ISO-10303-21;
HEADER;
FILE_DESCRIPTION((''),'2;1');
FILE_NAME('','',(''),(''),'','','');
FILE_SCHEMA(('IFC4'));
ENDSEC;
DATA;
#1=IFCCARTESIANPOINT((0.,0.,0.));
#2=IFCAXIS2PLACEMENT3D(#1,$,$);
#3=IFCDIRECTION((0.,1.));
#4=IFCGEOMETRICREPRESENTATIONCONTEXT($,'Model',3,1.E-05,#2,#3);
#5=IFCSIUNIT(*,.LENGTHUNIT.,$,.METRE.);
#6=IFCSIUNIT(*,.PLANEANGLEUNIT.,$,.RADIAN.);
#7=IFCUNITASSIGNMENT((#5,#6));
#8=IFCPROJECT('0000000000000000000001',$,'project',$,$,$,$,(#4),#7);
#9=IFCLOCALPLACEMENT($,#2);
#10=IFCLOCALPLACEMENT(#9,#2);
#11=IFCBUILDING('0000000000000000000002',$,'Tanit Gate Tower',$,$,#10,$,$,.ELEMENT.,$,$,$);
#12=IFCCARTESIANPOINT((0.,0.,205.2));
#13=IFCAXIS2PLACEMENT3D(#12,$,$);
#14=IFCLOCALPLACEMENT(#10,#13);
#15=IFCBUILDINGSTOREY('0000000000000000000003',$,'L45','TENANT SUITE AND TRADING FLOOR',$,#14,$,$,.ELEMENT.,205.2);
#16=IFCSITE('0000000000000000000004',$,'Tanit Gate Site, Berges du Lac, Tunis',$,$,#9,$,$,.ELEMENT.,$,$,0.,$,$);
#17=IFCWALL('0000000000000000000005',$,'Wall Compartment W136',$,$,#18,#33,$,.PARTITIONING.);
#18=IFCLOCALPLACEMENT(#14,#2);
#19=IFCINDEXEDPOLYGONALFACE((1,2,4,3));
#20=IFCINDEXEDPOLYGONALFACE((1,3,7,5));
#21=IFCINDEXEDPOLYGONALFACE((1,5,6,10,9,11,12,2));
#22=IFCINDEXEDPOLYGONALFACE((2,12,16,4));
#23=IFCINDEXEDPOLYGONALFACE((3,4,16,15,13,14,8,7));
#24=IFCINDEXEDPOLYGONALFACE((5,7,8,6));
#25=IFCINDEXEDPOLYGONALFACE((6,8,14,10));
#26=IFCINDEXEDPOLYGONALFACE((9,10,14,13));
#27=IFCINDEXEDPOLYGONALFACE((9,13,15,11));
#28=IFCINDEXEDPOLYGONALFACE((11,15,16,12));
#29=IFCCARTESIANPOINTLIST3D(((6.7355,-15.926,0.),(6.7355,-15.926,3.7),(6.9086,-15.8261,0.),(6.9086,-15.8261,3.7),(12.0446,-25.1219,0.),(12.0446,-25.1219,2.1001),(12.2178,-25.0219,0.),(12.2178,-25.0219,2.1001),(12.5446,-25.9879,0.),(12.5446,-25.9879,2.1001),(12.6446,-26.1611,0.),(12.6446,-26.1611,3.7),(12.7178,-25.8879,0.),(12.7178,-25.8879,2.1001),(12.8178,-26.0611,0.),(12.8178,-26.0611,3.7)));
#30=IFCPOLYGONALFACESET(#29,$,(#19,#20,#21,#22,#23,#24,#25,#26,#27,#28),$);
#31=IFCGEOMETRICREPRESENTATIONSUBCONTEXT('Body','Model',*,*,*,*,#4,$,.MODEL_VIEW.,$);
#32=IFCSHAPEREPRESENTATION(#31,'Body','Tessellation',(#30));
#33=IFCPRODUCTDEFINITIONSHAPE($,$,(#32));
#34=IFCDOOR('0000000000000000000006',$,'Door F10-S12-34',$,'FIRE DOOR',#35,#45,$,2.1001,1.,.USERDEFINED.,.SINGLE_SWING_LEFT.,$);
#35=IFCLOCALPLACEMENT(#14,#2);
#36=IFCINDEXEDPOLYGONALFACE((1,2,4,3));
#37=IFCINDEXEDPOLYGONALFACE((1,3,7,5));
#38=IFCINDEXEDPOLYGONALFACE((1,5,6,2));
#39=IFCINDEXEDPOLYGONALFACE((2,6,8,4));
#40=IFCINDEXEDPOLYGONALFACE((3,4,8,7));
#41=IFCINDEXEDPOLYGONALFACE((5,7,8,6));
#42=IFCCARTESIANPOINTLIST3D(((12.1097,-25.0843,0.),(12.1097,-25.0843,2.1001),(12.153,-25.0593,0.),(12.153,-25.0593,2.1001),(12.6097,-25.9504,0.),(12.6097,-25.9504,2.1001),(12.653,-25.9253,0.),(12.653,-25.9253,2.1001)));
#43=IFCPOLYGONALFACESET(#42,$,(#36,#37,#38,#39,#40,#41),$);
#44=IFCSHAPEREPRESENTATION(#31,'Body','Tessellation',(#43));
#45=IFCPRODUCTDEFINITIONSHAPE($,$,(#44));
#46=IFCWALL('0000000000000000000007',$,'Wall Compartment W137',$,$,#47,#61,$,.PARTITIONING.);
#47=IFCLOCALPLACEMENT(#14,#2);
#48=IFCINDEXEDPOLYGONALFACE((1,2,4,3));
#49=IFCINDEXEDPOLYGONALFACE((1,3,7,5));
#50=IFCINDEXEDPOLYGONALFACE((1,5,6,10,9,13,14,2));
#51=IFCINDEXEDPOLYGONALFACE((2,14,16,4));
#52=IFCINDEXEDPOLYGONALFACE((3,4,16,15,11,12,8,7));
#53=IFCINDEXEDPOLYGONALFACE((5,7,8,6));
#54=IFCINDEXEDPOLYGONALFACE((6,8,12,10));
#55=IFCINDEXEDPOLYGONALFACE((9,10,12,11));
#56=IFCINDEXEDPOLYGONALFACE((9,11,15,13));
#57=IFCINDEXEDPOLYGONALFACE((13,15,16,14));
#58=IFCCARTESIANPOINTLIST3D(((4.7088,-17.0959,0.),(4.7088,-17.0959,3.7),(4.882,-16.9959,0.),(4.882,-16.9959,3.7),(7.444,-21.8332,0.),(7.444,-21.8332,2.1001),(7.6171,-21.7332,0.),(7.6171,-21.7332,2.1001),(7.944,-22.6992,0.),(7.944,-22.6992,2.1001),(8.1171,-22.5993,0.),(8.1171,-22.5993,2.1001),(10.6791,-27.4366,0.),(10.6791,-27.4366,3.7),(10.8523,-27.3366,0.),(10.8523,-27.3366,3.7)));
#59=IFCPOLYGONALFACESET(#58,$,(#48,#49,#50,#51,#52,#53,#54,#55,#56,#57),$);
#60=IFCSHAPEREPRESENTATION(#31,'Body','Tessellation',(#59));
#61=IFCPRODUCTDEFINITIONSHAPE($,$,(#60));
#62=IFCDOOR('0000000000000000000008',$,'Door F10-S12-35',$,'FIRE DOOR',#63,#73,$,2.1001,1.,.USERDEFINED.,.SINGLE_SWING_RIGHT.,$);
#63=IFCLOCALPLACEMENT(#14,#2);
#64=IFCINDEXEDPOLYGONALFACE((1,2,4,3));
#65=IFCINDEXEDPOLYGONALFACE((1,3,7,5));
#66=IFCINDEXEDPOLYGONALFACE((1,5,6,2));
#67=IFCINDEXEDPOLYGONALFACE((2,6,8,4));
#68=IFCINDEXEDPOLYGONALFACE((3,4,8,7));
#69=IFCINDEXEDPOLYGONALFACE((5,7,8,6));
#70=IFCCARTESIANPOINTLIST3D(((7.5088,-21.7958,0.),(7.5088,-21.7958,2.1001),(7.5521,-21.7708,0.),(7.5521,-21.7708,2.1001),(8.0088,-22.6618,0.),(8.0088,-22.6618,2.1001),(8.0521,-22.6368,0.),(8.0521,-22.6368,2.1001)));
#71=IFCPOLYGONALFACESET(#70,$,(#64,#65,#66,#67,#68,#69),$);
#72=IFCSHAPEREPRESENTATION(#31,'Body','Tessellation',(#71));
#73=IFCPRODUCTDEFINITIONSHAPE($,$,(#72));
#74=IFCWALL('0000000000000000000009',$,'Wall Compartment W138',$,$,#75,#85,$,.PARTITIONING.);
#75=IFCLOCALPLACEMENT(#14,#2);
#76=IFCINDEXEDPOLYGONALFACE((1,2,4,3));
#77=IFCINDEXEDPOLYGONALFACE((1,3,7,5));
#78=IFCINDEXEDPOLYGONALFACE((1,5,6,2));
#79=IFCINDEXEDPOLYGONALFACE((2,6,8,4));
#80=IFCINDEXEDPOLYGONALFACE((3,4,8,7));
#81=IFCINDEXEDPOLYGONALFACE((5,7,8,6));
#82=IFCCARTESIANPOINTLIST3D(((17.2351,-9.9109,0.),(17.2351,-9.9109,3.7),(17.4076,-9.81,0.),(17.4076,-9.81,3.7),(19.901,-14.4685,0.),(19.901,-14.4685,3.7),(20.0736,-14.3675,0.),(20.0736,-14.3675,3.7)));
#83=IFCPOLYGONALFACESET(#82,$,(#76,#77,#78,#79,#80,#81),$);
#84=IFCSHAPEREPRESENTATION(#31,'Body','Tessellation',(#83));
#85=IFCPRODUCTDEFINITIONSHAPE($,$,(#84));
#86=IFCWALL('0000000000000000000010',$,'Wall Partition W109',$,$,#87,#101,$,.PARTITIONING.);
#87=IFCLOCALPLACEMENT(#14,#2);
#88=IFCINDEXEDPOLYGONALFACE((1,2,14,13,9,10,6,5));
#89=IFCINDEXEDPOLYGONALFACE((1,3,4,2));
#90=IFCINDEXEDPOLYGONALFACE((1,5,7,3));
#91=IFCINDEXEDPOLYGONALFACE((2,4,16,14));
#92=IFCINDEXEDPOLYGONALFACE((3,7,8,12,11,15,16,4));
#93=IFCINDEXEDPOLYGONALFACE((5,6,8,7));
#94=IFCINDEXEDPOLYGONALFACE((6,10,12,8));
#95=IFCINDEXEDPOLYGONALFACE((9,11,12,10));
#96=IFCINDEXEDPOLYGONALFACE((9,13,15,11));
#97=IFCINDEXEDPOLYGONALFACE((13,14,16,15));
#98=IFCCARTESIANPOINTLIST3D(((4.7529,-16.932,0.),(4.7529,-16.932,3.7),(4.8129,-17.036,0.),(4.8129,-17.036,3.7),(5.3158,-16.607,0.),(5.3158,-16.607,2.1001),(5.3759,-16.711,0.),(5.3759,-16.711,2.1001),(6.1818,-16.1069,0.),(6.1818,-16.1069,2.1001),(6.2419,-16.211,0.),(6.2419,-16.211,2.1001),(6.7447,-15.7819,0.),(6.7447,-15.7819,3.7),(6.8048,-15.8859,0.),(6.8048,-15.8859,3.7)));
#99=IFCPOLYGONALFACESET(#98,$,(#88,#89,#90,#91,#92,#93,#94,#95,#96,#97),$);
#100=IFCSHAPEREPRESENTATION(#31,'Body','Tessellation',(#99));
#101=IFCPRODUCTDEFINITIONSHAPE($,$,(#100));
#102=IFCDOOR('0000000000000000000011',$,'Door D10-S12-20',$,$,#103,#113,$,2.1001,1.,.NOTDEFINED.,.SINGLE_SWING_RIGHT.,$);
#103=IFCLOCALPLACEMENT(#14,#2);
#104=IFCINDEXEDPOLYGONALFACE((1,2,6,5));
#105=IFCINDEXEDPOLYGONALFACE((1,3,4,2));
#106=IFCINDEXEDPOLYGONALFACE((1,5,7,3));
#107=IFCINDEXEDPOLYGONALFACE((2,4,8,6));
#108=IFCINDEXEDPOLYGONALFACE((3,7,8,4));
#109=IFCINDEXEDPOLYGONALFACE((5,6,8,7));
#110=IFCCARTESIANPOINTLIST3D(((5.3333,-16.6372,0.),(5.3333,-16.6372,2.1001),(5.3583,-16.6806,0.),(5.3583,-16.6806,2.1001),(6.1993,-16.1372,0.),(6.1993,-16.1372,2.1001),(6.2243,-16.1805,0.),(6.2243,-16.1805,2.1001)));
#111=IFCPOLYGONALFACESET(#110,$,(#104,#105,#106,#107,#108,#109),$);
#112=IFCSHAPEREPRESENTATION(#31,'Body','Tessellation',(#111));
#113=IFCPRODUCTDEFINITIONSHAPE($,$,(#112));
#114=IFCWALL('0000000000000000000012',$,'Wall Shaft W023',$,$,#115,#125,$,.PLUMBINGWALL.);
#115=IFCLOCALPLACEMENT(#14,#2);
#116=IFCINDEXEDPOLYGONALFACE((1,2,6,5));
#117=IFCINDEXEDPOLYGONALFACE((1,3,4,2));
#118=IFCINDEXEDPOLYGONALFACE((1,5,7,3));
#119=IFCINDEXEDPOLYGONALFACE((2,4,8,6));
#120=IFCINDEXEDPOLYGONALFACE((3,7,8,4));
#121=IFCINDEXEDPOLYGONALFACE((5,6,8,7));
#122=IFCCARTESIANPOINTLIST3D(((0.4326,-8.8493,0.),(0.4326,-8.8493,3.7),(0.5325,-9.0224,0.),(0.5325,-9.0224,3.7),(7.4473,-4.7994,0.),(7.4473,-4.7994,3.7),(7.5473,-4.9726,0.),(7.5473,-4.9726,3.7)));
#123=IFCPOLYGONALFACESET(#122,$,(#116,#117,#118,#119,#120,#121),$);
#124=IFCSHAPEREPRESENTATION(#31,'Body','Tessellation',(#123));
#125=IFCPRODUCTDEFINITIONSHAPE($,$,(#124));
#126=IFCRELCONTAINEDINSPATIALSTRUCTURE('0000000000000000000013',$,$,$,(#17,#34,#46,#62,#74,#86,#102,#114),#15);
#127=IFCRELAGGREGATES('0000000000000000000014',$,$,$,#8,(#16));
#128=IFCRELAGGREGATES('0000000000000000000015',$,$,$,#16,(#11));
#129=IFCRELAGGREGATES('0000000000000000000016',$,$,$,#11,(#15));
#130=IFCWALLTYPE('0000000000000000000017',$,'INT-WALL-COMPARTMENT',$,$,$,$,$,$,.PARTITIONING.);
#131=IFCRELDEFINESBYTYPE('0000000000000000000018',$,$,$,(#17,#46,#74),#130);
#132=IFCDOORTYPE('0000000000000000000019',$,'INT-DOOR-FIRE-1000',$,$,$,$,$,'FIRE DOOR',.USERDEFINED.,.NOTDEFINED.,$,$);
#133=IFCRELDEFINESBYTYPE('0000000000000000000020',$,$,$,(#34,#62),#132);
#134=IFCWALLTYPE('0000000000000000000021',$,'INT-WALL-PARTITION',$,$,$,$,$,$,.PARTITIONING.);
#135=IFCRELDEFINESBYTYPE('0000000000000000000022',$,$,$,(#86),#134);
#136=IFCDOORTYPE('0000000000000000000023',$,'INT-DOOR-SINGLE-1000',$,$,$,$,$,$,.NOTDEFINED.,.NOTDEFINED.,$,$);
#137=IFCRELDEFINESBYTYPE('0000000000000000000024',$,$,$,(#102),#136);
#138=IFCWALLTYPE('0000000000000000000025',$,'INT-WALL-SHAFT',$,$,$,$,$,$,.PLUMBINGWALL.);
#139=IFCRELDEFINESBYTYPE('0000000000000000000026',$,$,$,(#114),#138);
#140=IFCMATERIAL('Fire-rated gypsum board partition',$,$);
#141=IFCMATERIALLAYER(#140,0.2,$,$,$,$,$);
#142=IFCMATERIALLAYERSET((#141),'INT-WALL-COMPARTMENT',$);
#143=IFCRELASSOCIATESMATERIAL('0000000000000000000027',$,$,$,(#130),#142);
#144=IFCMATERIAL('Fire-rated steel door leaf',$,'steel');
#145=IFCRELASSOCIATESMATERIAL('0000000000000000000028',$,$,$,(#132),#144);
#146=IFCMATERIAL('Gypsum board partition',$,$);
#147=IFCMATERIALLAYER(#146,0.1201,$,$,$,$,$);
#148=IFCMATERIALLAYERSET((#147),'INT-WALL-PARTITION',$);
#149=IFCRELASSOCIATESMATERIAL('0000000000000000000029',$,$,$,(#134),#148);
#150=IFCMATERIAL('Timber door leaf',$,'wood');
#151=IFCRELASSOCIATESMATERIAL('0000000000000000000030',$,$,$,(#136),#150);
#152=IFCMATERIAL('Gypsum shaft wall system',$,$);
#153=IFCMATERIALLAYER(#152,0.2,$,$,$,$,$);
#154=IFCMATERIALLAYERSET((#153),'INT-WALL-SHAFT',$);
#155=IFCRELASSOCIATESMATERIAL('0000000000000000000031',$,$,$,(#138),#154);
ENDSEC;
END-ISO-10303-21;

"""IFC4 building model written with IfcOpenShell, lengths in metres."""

from ifc_helpers import new_model, si_unit, direction, frame, frame_2d, origin, place, context, subcontext, project, spatial, rectangle, extrude, material, layer, layer_set, type_object, element, fill, save


model = new_model("IFC4")

# Units and contexts
model_context = context("Model", 3, precision=1e-05, world=origin(), true_north=direction((0.0, 1.0)))
body_context = subcontext(model_context, "Body", "Model", "MODEL_VIEW")
ifc_project = project(units=[si_unit("LENGTHUNIT", "METRE"), si_unit("PLANEANGLEUNIT", "RADIAN")], contexts=[model_context])

# Site, building, storey
site_placement = place(None, origin())
site = spatial("IfcSite", under=ifc_project, at=site_placement, Name="Tanit Gate Site, Berges du Lac, Tunis", CompositionType="ELEMENT", RefElevation=0.0)
building_placement = place(site_placement, origin())
building = spatial("IfcBuilding", under=site, at=building_placement, Name="Tanit Gate Tower", CompositionType="ELEMENT")
storey_placement = place(building_placement, frame((0.0, 0.0, 205.2)))
storey = spatial("IfcBuildingStorey", under=building, at=storey_placement, Name="L45", Description="TENANT SUITE AND TRADING FLOOR", CompositionType="ELEMENT", Elevation=205.2)

# Shared definitions
ifc_material_1 = material(Name="Fire-rated gypsum board partition")
ifc_layer_1 = layer(ifc_material_1, 0.2)
ifc_layer_set_1 = layer_set([ifc_layer_1], Name="INT-WALL-COMPARTMENT")
wall_type_1 = type_object("IfcWallType", Name="INT-WALL-COMPARTMENT", PredefinedType="PARTITIONING", material=ifc_layer_set_1)

# Walls, openings, doors
wall_1_placement = place(storey_placement, frame((12.7312, -26.1111, 0.0), z_axis=(0.0, 0.0, 1.0), x_axis=(-0.499996, 0.866028, 0.0)))
wall_1 = element("IfcWall", 1, at=wall_1_placement, inside=storey, type_object=wall_type_1, Name="Wall Compartment W136", PredefinedType="PARTITIONING", context=body_context, shape_type="SweptSolid", body=[
    extrude(rectangle(XDim=11.8184, YDim=0.2, at=frame_2d((5.9092, 0.0))), origin(), (0.0, 0.0, 1.0), 3.7),
])
opening_1_placement = place(wall_1_placement, frame((0.2, 0.0, 0.0)))
opening_1 = element("IfcOpeningElement", 2, at=opening_1_placement, cuts=wall_1, PredefinedType="OPENING", context=body_context, shape_type="SweptSolid", body=[
    extrude(rectangle(XDim=1.0, YDim=2.1001, at=frame_2d((0.5, 1.05))), frame((0.0, 0.1099, 0.0), z_axis=(0.0, -1.0, 0.0), x_axis=(1.0, 0.0, 0.0)), (0.0, 0.0, 1.0), 0.22),
])
ifc_material_2 = material(Name="Fire-rated steel door leaf", Category="steel")
door_type_1 = type_object("IfcDoorType", Name="INT-DOOR-FIRE-1000", ElementType="FIRE DOOR", OperationType="NOTDEFINED", PredefinedType="USERDEFINED", material=ifc_material_2)
door_1_placement = place(opening_1_placement, origin())
door_1 = element("IfcDoor", 3, at=door_1_placement, inside=storey, type_object=door_type_1, Name="Door F10-S12-34", ObjectType="FIRE DOOR", OperationType="SINGLE_SWING_LEFT", OverallHeight=2.1001, OverallWidth=1.0, PredefinedType="USERDEFINED", context=body_context, shape_type="SweptSolid", body=[
    extrude(rectangle(XDim=1.0, YDim=2.1001, at=frame_2d((0.5, 1.05))), frame((0.0, 0.0249, 0.0), z_axis=(0.0, -1.0, 0.0), x_axis=(1.0, 0.0, 0.0)), (0.0, 0.0, 1.0), 0.05),
])
fill(opening_1, door_1)
wall_2_placement = place(storey_placement, frame((4.7954, -17.0459, 0.0), z_axis=(0.0, 0.0, 1.0), x_axis=(0.500005, -0.866022, 0.0)))
wall_2 = element("IfcWall", 4, at=wall_2_placement, inside=storey, type_object=wall_type_1, Name="Wall Compartment W137", PredefinedType="PARTITIONING", context=body_context, shape_type="SweptSolid", body=[
    extrude(rectangle(XDim=11.9404, YDim=0.2, at=frame_2d((5.9702, 0.0))), origin(), (0.0, 0.0, 1.0), 3.7),
])
opening_2_placement = place(wall_2_placement, frame((5.4702, 0.0, 0.0)))
opening_2 = element("IfcOpeningElement", 5, at=opening_2_placement, cuts=wall_2, PredefinedType="OPENING", context=body_context, shape_type="SweptSolid", body=[
    extrude(rectangle(XDim=1.0, YDim=2.1001, at=frame_2d((0.5, 1.05))), frame((0.0, 0.1099, 0.0), z_axis=(0.0, -1.0, 0.0), x_axis=(1.0, 0.0, 0.0)), (0.0, 0.0, 1.0), 0.22),
])
door_2_placement = place(opening_2_placement, origin())
door_2 = element("IfcDoor", 6, at=door_2_placement, inside=storey, type_object=door_type_1, Name="Door F10-S12-35", ObjectType="FIRE DOOR", OperationType="SINGLE_SWING_RIGHT", OverallHeight=2.1001, OverallWidth=1.0, PredefinedType="USERDEFINED", context=body_context, shape_type="SweptSolid", body=[
    extrude(rectangle(XDim=1.0, YDim=2.1001, at=frame_2d((0.5, 1.05))), frame((0.0, 0.0249, 0.0), z_axis=(0.0, -1.0, 0.0), x_axis=(1.0, 0.0, 0.0)), (0.0, 0.0, 1.0), 0.05),
])
fill(opening_2, door_2)

# Wall
wall_3_placement = place(storey_placement, frame((17.3213, -9.8604, 0.0), z_axis=(0.0, 0.0, 1.0), x_axis=(0.504917, -0.863168, 0.0)))
element("IfcWall", 7, at=wall_3_placement, inside=storey, type_object=wall_type_1, Name="Wall Compartment W138", PredefinedType="PARTITIONING", context=body_context, shape_type="SweptSolid", body=[
    extrude(rectangle(XDim=5.28, YDim=0.2, at=frame_2d((2.6401, 0.0))), origin(), (0.0, 0.0, 1.0), 3.7),
])

# Wall, opening, door
ifc_material_3 = material(Name="Gypsum board partition")
ifc_layer_2 = layer(ifc_material_3, 0.1201)
ifc_layer_set_2 = layer_set([ifc_layer_2], Name="INT-WALL-PARTITION")
wall_type_2 = type_object("IfcWallType", Name="INT-WALL-PARTITION", PredefinedType="PARTITIONING", material=ifc_layer_set_2)
wall_4_placement = place(storey_placement, frame((6.7747, -15.834, 0.0), z_axis=(0.0, 0.0, 1.0), x_axis=(-0.866007, -0.500032, 0.0)))
wall_4 = element("IfcWall", 8, at=wall_4_placement, inside=storey, type_object=wall_type_2, Name="Wall Partition W109", PredefinedType="PARTITIONING", context=body_context, shape_type="SweptSolid", body=[
    extrude(rectangle(XDim=2.3, YDim=0.1201, at=frame_2d((1.1499, 0.0))), origin(), (0.0, 0.0, 1.0), 3.7),
])
opening_3_placement = place(wall_4_placement, frame((0.6499, 0.0, 0.0)))
opening_3 = element("IfcOpeningElement", 9, at=opening_3_placement, cuts=wall_4, PredefinedType="OPENING", context=body_context, shape_type="SweptSolid", body=[
    extrude(rectangle(XDim=1.0, YDim=2.1001, at=frame_2d((0.5, 1.05))), frame((0.0, 0.0701, 0.0), z_axis=(0.0, -1.0, 0.0), x_axis=(1.0, 0.0, 0.0)), (0.0, 0.0, 1.0), 0.1401),
])
ifc_material_4 = material(Name="Timber door leaf", Category="wood")
door_type_2 = type_object("IfcDoorType", Name="INT-DOOR-SINGLE-1000", OperationType="NOTDEFINED", PredefinedType="NOTDEFINED", material=ifc_material_4)
door_3_placement = place(opening_3_placement, origin())
door_3 = element("IfcDoor", 10, at=door_3_placement, inside=storey, type_object=door_type_2, Name="Door D10-S12-20", OperationType="SINGLE_SWING_RIGHT", OverallHeight=2.1001, OverallWidth=1.0, PredefinedType="NOTDEFINED", context=body_context, shape_type="SweptSolid", body=[
    extrude(rectangle(XDim=1.0, YDim=2.1001, at=frame_2d((0.5, 1.05))), frame((0.0, 0.0249, 0.0), z_axis=(0.0, -1.0, 0.0), x_axis=(1.0, 0.0, 0.0)), (0.0, 0.0, 1.0), 0.05),
])
fill(opening_3, door_3)

# Wall
ifc_material_5 = material(Name="Gypsum shaft wall system")
ifc_layer_3 = layer(ifc_material_5, 0.2)
ifc_layer_set_3 = layer_set([ifc_layer_3], Name="INT-WALL-SHAFT")
wall_type_3 = type_object("IfcWallType", Name="INT-WALL-SHAFT", PredefinedType="PLUMBINGWALL", material=ifc_layer_set_3)
wall_5_placement = place(storey_placement, frame((0.4827, -8.9358, 0.0), z_axis=(0.0, 0.0, 1.0), x_axis=(0.866031, 0.49999, 0.0)))
element("IfcWall", 11, at=wall_5_placement, inside=storey, type_object=wall_type_3, Name="Wall Shaft W023", PredefinedType="PLUMBINGWALL", context=body_context, shape_type="SweptSolid", body=[
    extrude(rectangle(XDim=8.0999, YDim=0.2, at=frame_2d((4.0498, 0.0))), origin(), (0.0, 0.0, 1.0), 3.7),
])

save(model, "model.ifc")
